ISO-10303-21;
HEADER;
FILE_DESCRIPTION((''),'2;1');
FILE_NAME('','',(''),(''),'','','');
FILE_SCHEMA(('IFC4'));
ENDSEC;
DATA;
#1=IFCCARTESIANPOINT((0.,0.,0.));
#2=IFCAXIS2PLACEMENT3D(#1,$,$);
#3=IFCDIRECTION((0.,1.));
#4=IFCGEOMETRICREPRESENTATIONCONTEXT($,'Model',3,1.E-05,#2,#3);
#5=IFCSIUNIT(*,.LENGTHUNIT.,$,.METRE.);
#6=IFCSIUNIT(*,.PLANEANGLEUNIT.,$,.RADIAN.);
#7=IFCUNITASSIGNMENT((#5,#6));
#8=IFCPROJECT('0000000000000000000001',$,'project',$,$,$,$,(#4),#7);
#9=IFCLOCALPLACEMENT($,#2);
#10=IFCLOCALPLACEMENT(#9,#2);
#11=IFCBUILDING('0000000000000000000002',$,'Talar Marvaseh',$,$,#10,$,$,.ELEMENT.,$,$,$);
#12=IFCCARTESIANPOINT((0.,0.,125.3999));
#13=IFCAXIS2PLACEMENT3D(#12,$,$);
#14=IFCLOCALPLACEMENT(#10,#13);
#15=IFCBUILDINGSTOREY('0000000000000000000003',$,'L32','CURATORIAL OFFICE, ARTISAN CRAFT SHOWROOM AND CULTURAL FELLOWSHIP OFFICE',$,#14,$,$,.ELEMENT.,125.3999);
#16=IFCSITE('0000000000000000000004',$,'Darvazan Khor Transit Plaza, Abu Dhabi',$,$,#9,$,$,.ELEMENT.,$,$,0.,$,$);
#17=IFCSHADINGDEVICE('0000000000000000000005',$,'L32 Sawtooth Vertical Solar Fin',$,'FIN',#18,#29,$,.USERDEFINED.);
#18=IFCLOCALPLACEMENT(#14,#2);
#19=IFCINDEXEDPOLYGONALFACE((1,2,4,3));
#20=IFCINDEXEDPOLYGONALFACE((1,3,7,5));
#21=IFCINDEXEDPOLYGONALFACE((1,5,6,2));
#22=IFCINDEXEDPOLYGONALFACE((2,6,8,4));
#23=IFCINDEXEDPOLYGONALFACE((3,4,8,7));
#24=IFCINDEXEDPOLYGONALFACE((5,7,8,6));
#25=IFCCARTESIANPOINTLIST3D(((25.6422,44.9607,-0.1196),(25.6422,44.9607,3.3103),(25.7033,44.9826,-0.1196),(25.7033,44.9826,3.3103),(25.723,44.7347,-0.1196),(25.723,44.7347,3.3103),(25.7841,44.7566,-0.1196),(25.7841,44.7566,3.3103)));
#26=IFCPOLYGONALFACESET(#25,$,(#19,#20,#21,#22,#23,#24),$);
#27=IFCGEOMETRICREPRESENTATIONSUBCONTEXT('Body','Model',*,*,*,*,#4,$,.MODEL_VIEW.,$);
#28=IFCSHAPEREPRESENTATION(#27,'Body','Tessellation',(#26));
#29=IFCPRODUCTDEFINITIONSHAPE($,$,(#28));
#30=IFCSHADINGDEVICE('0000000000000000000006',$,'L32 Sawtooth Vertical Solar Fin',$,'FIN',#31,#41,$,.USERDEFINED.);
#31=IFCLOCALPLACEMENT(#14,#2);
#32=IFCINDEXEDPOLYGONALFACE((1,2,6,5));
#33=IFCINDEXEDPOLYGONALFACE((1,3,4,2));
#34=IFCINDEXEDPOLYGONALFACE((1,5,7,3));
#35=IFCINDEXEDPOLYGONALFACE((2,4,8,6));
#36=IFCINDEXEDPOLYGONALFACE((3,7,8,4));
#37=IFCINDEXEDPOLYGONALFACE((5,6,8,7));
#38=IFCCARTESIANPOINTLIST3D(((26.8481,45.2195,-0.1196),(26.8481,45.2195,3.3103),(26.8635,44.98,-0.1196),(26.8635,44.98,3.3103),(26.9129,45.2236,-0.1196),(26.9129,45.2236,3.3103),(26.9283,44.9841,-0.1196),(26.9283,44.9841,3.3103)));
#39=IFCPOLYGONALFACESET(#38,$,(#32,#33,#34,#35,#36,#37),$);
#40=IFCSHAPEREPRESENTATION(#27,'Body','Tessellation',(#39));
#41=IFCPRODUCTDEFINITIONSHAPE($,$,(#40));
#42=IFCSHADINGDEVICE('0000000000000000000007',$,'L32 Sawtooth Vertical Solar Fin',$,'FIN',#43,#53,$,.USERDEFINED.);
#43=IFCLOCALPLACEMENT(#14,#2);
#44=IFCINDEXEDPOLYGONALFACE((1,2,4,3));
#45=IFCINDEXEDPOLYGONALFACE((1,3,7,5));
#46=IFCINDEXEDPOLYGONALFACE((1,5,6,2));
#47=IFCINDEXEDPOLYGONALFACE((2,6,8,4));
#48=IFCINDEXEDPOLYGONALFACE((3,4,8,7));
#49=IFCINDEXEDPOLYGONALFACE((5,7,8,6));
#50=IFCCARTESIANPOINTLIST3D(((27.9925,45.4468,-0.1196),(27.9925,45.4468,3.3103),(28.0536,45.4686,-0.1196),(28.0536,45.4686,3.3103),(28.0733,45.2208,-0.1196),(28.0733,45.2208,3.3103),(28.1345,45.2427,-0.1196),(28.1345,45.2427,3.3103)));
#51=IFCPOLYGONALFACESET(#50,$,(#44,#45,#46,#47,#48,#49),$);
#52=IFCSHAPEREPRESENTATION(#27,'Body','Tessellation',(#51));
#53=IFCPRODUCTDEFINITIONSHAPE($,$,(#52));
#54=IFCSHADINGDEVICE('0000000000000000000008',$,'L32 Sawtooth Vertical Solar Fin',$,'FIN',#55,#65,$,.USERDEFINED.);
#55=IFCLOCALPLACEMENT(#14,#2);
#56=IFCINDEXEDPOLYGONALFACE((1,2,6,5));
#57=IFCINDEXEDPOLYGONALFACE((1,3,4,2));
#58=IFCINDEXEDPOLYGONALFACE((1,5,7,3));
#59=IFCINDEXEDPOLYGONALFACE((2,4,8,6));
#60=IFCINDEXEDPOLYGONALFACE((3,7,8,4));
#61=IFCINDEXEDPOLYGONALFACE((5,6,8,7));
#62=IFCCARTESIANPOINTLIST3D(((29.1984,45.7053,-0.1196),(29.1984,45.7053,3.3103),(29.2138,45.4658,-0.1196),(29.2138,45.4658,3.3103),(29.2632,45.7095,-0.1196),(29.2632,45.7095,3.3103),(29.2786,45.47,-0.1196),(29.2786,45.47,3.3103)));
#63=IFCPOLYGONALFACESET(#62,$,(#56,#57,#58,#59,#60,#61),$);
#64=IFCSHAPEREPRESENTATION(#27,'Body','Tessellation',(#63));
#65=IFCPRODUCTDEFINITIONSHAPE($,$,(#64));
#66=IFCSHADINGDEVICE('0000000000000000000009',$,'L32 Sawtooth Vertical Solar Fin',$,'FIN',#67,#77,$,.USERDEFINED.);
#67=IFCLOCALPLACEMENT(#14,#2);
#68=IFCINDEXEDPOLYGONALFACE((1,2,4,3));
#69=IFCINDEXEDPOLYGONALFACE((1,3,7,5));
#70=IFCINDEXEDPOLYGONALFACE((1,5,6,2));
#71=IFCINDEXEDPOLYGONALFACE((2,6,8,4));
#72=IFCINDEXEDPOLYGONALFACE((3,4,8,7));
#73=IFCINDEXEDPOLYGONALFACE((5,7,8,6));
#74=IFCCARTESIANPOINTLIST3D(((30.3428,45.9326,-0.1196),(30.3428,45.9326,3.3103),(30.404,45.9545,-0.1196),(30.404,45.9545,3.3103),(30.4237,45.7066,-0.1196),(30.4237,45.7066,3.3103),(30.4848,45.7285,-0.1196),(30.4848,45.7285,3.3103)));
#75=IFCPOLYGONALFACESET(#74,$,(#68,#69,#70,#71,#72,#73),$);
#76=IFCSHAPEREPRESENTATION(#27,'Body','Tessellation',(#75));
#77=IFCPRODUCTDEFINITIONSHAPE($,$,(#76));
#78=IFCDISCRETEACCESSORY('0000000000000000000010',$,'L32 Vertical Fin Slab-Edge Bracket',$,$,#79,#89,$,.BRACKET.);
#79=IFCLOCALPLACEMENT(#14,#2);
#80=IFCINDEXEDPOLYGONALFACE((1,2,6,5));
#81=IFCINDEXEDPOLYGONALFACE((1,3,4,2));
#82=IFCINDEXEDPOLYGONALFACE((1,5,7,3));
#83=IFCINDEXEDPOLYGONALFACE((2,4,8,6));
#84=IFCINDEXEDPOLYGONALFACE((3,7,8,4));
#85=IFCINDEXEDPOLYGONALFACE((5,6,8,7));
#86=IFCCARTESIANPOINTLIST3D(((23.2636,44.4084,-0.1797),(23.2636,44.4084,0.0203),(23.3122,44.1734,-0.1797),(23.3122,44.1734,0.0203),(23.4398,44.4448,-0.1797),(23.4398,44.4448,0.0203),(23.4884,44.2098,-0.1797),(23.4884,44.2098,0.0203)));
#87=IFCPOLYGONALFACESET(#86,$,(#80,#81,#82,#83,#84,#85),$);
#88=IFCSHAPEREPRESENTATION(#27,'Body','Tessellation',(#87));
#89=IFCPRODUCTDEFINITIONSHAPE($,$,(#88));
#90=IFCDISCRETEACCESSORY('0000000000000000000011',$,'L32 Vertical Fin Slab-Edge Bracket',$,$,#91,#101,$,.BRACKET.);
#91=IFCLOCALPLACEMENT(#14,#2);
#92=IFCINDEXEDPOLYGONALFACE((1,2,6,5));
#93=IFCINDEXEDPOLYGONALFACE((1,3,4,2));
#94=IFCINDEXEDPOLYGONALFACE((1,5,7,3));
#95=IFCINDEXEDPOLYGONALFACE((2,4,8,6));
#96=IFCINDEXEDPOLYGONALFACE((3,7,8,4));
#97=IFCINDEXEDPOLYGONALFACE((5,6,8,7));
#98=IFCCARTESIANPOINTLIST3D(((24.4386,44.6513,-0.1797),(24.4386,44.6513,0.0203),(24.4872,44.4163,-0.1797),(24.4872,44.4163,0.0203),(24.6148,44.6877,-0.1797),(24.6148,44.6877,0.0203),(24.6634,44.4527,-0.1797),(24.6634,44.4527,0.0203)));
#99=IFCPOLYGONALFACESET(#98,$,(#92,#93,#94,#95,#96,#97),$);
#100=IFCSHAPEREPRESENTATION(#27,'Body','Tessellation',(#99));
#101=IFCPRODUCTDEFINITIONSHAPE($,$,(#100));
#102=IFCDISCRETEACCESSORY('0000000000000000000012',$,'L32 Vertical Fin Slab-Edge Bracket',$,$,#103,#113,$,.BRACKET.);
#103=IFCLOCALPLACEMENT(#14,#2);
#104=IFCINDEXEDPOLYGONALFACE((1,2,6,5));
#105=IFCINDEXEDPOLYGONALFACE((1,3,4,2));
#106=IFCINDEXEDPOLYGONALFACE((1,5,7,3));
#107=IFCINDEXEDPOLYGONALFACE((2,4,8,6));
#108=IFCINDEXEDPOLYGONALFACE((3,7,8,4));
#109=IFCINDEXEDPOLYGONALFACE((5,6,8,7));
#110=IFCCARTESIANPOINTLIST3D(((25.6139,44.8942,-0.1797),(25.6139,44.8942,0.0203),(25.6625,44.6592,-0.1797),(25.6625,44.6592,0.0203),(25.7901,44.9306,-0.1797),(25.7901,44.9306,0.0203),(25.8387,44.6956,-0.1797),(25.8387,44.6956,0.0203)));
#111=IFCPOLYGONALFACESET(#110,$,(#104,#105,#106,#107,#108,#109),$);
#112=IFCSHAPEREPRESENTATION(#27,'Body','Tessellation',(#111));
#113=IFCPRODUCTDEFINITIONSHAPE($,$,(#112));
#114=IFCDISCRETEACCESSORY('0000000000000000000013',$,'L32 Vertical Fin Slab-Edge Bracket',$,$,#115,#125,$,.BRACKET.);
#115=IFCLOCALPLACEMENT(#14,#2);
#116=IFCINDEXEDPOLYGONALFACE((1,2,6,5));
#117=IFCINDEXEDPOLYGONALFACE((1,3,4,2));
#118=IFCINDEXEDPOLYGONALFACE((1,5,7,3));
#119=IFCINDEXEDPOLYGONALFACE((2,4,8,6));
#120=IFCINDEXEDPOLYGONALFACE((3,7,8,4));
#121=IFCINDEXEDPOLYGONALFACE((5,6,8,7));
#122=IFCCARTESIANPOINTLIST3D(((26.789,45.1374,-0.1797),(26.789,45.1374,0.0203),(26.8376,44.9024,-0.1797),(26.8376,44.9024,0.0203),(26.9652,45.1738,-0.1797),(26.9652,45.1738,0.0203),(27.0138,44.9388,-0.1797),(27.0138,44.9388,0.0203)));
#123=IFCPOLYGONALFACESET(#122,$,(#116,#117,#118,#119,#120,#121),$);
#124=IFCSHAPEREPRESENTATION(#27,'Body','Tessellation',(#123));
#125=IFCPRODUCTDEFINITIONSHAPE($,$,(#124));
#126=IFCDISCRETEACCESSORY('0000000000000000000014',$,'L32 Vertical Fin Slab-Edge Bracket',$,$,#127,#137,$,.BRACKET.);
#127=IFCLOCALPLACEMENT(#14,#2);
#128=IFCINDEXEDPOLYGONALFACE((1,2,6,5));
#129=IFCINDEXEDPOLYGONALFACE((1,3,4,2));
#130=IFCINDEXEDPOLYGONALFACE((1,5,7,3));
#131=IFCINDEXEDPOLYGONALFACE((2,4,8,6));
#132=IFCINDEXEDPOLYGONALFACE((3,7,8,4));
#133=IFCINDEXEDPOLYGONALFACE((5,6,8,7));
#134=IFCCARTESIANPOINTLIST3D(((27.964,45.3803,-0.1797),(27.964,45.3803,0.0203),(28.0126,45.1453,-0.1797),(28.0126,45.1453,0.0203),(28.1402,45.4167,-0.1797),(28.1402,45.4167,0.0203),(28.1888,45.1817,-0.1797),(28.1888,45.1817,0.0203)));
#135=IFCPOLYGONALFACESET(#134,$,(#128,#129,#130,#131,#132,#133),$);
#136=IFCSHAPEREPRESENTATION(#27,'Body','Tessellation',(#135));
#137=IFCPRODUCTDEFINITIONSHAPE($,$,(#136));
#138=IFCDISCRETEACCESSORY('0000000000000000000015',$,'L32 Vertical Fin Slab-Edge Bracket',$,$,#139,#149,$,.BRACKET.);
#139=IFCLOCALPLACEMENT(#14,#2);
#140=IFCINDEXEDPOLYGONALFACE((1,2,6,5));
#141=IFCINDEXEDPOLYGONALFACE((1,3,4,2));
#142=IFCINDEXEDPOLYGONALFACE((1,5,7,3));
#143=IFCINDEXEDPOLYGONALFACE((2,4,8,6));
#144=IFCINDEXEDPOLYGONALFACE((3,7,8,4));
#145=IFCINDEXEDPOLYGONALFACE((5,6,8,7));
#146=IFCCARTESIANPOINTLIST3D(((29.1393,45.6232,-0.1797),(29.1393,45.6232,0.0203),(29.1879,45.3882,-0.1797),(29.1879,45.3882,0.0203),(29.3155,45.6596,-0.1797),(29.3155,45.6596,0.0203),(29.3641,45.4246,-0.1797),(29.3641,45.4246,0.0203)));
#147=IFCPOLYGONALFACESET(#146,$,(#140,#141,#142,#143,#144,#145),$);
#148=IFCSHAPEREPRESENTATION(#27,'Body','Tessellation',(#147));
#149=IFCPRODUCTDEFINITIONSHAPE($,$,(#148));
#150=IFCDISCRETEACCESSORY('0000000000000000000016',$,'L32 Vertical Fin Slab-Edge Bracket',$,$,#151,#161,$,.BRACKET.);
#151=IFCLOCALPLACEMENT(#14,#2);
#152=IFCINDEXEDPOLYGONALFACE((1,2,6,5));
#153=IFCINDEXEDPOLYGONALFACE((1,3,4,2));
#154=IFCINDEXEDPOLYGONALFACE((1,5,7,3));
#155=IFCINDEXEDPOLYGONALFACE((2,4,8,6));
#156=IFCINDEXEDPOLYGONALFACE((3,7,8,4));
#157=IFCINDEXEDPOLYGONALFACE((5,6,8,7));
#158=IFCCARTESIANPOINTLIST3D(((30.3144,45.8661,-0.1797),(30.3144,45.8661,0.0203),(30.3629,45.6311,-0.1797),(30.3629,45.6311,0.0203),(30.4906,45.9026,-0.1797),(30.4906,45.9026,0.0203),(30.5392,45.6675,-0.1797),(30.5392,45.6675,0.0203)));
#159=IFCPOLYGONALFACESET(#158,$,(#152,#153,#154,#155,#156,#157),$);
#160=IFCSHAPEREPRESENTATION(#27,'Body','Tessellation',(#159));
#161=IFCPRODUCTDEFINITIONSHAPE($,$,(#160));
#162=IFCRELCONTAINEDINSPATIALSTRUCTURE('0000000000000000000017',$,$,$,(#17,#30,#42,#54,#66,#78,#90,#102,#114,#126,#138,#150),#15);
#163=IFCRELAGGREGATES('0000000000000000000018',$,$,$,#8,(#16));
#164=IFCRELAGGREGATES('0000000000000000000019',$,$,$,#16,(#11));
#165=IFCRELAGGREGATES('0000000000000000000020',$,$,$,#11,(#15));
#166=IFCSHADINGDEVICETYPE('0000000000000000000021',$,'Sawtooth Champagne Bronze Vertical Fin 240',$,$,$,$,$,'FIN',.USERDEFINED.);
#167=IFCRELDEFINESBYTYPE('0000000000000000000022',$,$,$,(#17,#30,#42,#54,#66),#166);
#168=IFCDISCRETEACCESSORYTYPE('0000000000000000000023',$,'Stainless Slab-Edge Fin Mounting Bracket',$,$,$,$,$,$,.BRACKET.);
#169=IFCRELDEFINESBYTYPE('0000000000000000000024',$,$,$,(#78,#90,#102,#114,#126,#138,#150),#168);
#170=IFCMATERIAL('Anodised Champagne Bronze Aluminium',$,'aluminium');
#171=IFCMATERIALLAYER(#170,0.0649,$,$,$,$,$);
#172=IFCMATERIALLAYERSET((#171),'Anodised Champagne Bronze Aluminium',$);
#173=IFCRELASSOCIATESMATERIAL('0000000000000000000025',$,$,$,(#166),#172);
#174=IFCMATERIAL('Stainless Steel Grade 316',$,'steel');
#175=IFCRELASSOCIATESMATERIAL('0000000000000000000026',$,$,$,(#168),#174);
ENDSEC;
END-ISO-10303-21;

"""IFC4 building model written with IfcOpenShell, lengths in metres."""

from ifc_helpers import new_model, si_unit, direction, frame, origin, origin_2d, place, context, subcontext, project, spatial, rectangle, extrude, source, transform, mapped, material, layer, layer_set, type_object, type_shapes, element, save


model = new_model("IFC4")

# Units and contexts
model_context = context("Model", 3, precision=1e-05, world=origin(), true_north=direction((0.0, 1.0)))
body_context = subcontext(model_context, "Body", "Model", "MODEL_VIEW")
ifc_project = project(units=[si_unit("LENGTHUNIT", "METRE"), si_unit("PLANEANGLEUNIT", "RADIAN")], contexts=[model_context])

# Site, building, storey
site_placement = place(None, origin())
site = spatial("IfcSite", under=ifc_project, at=site_placement, Name="Darvazan Khor Transit Plaza, Abu Dhabi", CompositionType="ELEMENT", RefElevation=0.0)
building_placement = place(site_placement, origin())
building = spatial("IfcBuilding", under=site, at=building_placement, Name="Talar Marvaseh", CompositionType="ELEMENT")
storey_placement = place(building_placement, frame((0.0, 0.0, 125.3999)))
storey = spatial("IfcBuildingStorey", under=building, at=storey_placement, Name="L32", Description="CURATORIAL OFFICE, ARTISAN CRAFT SHOWROOM AND CULTURAL FELLOWSHIP OFFICE", CompositionType="ELEMENT", Elevation=125.3999)

# Shading devices
ifc_material_1 = material(Name="Anodised Champagne Bronze Aluminium", Category="aluminium")
ifc_layer_1 = layer(ifc_material_1, 0.0649)
ifc_layer_set_1 = layer_set([ifc_layer_1], Name="Anodised Champagne Bronze Aluminium")
shading_device_type = type_object("IfcShadingDeviceType", Name="Sawtooth Champagne Bronze Vertical Fin 240", ElementType="FIN", PredefinedType="USERDEFINED", material=ifc_layer_set_1)
shared_shape_1 = source(origin(), body_context, "Body", "SweptSolid", [
    extrude(rectangle(XDim=0.24, YDim=0.0649, at=origin_2d()), origin(), (0.0, 0.0, 1.0), 3.4299),
])
type_shapes(shading_device_type, [shared_shape_1])
for number, where, z_axis, x_axis, name in (
    (1, (25.7131, 44.8586, -0.1196), (0.0, 0.0, 1.0), (-0.336767, 0.941588, 0.0), "L32 Sawtooth Vertical Solar Fin"),
    (2, (26.8882, 45.1018, -0.1196), (0.0, 0.0, 1.0), (-0.064184, 0.997938, 0.0), "L32 Sawtooth Vertical Solar Fin"),
    (3, (28.0635, 45.3447, -0.1196), (0.0, 0.0, 1.0), (-0.336767, 0.941588, 0.0), "L32 Sawtooth Vertical Solar Fin"),
    (4, (29.2385, 45.5876, -0.1196), (0.0, 0.0, 1.0), (-0.064184, 0.997938, 0.0), "L32 Sawtooth Vertical Solar Fin"),
    (5, (30.4138, 45.8306, -0.1196), (0.0, 0.0, 1.0), (-0.336767, 0.941588, 0.0), "L32 Sawtooth Vertical Solar Fin"),
):
    element("IfcShadingDevice", number, at=place(storey_placement, frame(where, z_axis=z_axis, x_axis=x_axis)), inside=storey, type_object=shading_device_type, Name=name, ObjectType="FIN", PredefinedType="USERDEFINED", context=body_context, shape_type="MappedRepresentation", body=[
        mapped(shared_shape_1, transform((0.0, 0.0, 0.0), x_axis=(1.0, 0.0, 0.0), y_axis=(0.0, 1.0, 0.0), z_axis=(0.0, 0.0, 1.0), scale=1.0)),
    ])

# Discrete accessories
ifc_material_2 = material(Name="Stainless Steel Grade 316", Category="steel")
discrete_accessory_type = type_object("IfcDiscreteAccessoryType", Name="Stainless Slab-Edge Fin Mounting Bracket", PredefinedType="BRACKET", material=ifc_material_2)
shared_shape_2 = source(origin(), body_context, "Body", "SweptSolid", [
    extrude(rectangle(XDim=0.24, YDim=0.1799, at=origin_2d()), origin(), (0.0, 0.0, 1.0), 0.2),
])
type_shapes(discrete_accessory_type, [shared_shape_2])
for number, where, z_axis, x_axis, name in (
    (6, (23.376, 44.3091, -0.1797), (0.0, 0.0, 1.0), (-0.202445, 0.979294, 0.0), "L32 Vertical Fin Slab-Edge Bracket"),
    (7, (24.551, 44.552, -0.1797), (0.0, 0.0, 1.0), (-0.202445, 0.979294, 0.0), "L32 Vertical Fin Slab-Edge Bracket"),
    (8, (25.7263, 44.7949, -0.1797), (0.0, 0.0, 1.0), (-0.202445, 0.979294, 0.0), "L32 Vertical Fin Slab-Edge Bracket"),
    (9, (26.9014, 45.0381, -0.1797), (0.0, 0.0, 1.0), (-0.202445, 0.979294, 0.0), "L32 Vertical Fin Slab-Edge Bracket"),
    (10, (28.0764, 45.281, -0.1797), (0.0, 0.0, 1.0), (-0.202445, 0.979294, 0.0), "L32 Vertical Fin Slab-Edge Bracket"),
    (11, (29.2517, 45.5239, -0.1797), (0.0, 0.0, 1.0), (-0.202445, 0.979294, 0.0), "L32 Vertical Fin Slab-Edge Bracket"),
    (12, (30.4268, 45.7668, -0.1797), (0.0, 0.0, 1.0), (-0.202445, 0.979294, 0.0), "L32 Vertical Fin Slab-Edge Bracket"),
):
    element("IfcDiscreteAccessory", number, at=place(storey_placement, frame(where, z_axis=z_axis, x_axis=x_axis)), inside=storey, type_object=discrete_accessory_type, Name=name, PredefinedType="BRACKET", context=body_context, shape_type="MappedRepresentation", body=[
        mapped(shared_shape_2, transform((0.0, 0.0, 0.0), x_axis=(1.0, 0.0, 0.0), y_axis=(0.0, 1.0, 0.0), z_axis=(0.0, 0.0, 1.0), scale=1.0)),
    ])

save(model, "model.ifc")
